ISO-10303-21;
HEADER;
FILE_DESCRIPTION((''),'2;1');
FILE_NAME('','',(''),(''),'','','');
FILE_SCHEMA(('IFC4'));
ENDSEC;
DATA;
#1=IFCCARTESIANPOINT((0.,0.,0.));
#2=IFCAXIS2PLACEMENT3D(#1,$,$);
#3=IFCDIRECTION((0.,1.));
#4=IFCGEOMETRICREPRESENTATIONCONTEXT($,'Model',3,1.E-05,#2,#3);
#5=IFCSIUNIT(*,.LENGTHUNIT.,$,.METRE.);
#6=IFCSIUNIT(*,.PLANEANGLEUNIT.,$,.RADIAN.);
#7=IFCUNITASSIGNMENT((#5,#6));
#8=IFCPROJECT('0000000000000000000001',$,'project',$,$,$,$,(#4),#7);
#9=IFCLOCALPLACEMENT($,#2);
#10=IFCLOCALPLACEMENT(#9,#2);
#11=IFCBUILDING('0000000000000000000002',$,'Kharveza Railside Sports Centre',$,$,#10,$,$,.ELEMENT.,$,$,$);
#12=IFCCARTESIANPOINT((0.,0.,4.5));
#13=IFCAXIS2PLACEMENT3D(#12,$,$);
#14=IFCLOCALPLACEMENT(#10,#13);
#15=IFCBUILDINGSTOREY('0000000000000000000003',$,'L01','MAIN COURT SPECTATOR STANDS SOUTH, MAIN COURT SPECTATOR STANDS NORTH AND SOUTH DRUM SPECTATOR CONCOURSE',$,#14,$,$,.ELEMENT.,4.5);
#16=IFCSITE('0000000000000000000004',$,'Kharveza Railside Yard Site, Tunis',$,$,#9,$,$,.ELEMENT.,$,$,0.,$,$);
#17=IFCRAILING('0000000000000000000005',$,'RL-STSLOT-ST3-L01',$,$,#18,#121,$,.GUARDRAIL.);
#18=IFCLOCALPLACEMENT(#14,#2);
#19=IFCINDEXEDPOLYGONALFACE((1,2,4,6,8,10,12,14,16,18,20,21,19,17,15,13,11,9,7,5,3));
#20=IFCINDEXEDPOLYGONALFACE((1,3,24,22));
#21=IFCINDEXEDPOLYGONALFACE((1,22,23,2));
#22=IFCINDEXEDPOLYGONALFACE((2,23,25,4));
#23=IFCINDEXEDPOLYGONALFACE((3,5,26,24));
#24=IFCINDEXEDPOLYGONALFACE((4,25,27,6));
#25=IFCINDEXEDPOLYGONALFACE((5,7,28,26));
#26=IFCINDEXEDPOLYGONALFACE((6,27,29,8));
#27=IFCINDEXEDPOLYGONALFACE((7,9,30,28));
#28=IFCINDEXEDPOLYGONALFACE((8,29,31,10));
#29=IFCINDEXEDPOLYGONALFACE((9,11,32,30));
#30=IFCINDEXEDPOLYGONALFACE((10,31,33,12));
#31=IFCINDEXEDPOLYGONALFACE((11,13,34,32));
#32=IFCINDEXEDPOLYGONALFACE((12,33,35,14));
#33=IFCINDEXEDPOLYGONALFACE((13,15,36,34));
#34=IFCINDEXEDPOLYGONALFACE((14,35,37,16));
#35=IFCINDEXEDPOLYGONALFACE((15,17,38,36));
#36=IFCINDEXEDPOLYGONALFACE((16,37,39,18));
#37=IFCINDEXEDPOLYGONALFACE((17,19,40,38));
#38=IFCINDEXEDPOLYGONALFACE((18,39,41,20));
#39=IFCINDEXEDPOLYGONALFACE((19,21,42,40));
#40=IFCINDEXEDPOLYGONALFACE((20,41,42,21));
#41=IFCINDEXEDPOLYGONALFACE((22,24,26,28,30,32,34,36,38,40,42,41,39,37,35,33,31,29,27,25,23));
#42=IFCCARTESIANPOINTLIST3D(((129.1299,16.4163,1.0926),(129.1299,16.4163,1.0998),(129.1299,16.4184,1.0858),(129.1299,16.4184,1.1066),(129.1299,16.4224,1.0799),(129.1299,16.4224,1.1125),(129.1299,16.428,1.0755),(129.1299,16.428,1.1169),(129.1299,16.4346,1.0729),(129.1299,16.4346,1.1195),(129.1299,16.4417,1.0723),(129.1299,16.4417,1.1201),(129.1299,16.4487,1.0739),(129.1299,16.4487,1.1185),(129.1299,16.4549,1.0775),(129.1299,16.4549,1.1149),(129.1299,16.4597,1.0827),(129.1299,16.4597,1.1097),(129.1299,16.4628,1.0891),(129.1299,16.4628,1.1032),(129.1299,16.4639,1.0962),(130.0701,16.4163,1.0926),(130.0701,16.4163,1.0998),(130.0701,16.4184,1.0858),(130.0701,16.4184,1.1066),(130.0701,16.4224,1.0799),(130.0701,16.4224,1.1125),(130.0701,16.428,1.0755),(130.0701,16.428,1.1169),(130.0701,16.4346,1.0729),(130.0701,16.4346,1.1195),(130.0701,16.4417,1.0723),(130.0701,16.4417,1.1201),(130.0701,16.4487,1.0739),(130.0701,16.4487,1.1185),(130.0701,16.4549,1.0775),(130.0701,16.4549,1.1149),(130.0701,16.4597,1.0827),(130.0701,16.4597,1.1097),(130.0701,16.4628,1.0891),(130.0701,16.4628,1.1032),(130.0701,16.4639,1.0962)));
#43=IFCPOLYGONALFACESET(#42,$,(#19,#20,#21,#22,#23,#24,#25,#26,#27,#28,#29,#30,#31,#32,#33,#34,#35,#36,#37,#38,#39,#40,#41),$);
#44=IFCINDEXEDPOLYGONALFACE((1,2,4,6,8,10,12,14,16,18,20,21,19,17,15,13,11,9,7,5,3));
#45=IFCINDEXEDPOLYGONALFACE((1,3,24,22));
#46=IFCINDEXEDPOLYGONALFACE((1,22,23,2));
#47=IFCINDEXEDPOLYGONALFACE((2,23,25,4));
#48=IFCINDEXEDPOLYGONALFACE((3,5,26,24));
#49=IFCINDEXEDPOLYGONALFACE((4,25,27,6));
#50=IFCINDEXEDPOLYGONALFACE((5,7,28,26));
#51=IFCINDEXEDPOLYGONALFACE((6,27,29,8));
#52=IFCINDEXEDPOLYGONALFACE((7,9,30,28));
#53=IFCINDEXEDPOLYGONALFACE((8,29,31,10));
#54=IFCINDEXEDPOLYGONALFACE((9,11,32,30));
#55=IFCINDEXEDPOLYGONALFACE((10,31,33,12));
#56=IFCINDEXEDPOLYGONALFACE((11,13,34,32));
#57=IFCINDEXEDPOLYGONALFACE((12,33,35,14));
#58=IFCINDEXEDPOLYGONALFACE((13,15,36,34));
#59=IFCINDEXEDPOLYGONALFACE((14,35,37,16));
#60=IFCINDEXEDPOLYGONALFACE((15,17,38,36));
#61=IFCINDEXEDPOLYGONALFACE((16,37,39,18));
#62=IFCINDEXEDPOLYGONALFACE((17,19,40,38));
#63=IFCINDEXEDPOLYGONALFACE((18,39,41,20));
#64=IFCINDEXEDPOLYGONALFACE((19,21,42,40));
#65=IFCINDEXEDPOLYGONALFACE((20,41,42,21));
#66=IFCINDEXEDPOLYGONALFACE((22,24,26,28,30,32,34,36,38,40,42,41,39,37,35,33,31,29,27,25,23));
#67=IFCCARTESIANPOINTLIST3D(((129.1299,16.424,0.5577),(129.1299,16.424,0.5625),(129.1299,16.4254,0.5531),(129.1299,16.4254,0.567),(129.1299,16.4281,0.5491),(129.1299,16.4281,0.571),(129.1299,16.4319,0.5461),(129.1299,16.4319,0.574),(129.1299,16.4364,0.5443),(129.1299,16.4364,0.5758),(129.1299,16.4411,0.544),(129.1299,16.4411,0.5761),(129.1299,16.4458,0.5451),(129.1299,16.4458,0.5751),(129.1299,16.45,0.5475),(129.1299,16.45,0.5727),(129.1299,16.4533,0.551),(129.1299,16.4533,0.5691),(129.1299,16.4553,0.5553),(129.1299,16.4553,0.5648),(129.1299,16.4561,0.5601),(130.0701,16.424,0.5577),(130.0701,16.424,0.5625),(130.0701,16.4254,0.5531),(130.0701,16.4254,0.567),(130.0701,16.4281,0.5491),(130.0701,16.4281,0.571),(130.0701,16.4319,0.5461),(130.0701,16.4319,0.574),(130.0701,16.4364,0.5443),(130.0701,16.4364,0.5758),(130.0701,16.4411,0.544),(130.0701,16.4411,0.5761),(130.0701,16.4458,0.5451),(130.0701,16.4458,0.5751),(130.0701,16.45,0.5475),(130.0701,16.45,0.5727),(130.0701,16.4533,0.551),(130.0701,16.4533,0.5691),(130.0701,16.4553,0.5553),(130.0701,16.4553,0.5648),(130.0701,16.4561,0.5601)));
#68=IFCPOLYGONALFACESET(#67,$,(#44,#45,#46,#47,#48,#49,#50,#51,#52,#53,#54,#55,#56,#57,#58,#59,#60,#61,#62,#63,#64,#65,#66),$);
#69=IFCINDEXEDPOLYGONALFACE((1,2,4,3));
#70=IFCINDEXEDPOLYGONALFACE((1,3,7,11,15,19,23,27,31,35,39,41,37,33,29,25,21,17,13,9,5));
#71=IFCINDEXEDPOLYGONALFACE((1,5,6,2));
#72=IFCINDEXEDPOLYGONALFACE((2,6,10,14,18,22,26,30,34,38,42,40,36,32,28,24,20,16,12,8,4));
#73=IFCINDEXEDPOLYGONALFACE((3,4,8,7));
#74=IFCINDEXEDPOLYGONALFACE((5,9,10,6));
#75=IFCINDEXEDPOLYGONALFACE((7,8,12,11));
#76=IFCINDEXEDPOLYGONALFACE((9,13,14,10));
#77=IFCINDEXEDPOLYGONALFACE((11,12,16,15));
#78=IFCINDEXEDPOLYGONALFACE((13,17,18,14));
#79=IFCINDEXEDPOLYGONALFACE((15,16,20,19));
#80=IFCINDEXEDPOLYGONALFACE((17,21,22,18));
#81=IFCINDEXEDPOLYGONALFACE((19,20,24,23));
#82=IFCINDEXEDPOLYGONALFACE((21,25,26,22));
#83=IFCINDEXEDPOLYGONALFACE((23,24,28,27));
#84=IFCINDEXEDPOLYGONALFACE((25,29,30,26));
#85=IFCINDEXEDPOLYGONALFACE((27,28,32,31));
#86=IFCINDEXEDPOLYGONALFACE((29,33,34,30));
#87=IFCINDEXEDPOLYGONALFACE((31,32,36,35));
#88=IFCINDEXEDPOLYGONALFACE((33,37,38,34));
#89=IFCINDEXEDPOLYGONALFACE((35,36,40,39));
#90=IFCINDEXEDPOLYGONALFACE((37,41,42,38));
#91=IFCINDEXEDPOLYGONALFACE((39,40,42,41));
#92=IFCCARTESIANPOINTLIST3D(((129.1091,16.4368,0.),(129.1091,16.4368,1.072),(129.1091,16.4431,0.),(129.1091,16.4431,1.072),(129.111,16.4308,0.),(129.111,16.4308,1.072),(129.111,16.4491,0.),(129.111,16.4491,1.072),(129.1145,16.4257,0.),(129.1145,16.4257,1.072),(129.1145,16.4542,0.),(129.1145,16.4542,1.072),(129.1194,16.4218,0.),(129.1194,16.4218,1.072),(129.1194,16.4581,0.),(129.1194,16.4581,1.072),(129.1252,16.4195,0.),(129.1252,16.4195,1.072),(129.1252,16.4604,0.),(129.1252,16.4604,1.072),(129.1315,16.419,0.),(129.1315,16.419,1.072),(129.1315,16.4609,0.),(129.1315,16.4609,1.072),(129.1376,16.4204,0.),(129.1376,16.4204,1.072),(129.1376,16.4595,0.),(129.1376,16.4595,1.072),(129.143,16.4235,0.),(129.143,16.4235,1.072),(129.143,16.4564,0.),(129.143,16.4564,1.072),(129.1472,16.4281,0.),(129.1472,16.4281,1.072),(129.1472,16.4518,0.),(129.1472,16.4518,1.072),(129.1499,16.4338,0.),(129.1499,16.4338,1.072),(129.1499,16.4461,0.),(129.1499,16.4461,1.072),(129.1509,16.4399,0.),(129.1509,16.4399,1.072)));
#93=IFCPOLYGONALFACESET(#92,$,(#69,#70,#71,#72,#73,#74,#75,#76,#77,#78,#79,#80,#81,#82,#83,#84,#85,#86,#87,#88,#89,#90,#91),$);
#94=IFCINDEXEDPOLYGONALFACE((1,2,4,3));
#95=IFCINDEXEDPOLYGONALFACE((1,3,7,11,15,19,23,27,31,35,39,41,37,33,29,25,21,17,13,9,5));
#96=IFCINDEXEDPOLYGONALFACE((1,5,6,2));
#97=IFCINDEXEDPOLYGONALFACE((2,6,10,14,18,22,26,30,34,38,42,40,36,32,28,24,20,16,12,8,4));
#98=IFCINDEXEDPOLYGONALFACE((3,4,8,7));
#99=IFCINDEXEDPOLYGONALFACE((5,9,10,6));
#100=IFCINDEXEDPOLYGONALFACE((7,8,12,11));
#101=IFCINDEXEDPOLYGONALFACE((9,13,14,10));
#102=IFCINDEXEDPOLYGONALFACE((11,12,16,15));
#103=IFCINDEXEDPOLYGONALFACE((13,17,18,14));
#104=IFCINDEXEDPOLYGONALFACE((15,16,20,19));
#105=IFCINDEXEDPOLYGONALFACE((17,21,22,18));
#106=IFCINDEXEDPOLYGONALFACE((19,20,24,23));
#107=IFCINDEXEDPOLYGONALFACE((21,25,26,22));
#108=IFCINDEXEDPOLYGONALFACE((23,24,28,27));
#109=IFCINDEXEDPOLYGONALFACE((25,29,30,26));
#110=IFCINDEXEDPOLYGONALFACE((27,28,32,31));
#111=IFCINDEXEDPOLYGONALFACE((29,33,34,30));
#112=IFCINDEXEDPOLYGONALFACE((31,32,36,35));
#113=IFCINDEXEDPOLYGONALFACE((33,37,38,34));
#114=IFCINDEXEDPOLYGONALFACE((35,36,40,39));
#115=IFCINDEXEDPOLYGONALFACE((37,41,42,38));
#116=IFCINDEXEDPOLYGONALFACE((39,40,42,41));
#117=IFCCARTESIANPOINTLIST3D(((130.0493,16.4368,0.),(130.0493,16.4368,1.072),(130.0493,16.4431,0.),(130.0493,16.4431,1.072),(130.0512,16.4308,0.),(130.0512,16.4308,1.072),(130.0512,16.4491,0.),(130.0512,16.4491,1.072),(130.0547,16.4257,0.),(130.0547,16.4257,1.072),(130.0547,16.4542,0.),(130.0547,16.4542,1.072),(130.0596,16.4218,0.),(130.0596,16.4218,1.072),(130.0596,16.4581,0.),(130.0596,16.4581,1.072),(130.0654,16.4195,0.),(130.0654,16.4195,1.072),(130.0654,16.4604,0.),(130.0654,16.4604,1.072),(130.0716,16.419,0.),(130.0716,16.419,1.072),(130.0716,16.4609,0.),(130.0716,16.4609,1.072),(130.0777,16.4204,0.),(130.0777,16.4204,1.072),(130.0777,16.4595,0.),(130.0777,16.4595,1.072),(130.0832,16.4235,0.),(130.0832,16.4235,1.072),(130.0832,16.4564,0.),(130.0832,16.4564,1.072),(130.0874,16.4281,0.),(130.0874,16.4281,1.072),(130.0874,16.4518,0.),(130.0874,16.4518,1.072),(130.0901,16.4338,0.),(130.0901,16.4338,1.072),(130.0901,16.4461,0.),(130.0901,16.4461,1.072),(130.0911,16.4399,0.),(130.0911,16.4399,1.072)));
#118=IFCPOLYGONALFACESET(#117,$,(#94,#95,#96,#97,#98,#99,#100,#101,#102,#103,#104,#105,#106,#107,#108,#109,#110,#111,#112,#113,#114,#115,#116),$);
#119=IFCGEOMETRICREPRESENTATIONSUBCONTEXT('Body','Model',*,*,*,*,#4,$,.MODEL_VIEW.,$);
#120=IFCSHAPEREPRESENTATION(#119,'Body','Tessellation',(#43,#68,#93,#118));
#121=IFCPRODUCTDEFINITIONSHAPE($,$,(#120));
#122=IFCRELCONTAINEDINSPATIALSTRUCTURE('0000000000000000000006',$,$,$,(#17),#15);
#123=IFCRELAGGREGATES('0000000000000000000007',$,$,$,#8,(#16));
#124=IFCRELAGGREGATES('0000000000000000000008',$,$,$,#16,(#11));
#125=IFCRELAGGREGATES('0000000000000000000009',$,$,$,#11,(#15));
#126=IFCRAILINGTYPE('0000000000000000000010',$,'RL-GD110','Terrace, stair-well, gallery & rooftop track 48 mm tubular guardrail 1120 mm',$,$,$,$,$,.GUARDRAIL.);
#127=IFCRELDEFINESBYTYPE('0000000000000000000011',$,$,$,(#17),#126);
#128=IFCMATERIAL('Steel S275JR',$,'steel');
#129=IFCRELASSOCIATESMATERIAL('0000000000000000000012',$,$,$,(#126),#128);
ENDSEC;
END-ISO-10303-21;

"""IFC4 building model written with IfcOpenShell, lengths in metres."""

from ifc_helpers import new_model, si_unit, direction, frame, origin, origin_2d, place, context, subcontext, project, spatial, circle, extrude, material, type_object, element, save


model = new_model("IFC4")

# Units and contexts
model_context = context("Model", 3, precision=1e-05, world=origin(), true_north=direction((0.0, 1.0)))
body_context = subcontext(model_context, "Body", "Model", "MODEL_VIEW")
ifc_project = project(units=[si_unit("LENGTHUNIT", "METRE"), si_unit("PLANEANGLEUNIT", "RADIAN")], contexts=[model_context])

# Site, building, storey
site_placement = place(None, origin())
site = spatial("IfcSite", under=ifc_project, at=site_placement, Name="Kharveza Railside Yard Site, Tunis", CompositionType="ELEMENT", RefElevation=0.0)
building_placement = place(site_placement, origin())
building = spatial("IfcBuilding", under=site, at=building_placement, Name="Kharveza Railside Sports Centre", CompositionType="ELEMENT")
storey_placement = place(building_placement, frame((0.0, 0.0, 4.5)))
storey = spatial("IfcBuildingStorey", under=building, at=storey_placement, Name="L01", Description="MAIN COURT SPECTATOR STANDS SOUTH, MAIN COURT SPECTATOR STANDS NORTH AND SOUTH DRUM SPECTATOR CONCOURSE", CompositionType="ELEMENT", Elevation=4.5)

# Railing
ifc_material_1 = material(Name="Steel S275JR", Category="steel")
railing_type_1 = type_object("IfcRailingType", Name="RL-GD110", Description="Terrace, stair-well, gallery & rooftop track 48 mm tubular guardrail 1120 mm", PredefinedType="GUARDRAIL", material=ifc_material_1)
railing_1_placement = place(storey_placement, frame((129.1299, 16.4399, 0.0)))
element("IfcRailing", 1, at=railing_1_placement, inside=storey, type_object=railing_type_1, Name="RL-STSLOT-ST3-L01", PredefinedType="GUARDRAIL", context=body_context, shape_type="SweptSolid", body=[
    extrude(circle(Radius=0.0239, at=origin_2d()), frame((0.0, 0.0, 1.0962), z_axis=(1.0, 0.0, 0.0), x_axis=(0.0, 1.0, 0.0)), (0.0, 0.0, 1.0), 0.9402),
    extrude(circle(Radius=0.0161, at=origin_2d()), frame((0.0, 0.0, 0.5601), z_axis=(1.0, 0.0, 0.0), x_axis=(0.0, 1.0, 0.0)), (0.0, 0.0, 1.0), 0.9402),
    extrude(circle(Radius=0.021, at=origin_2d()), origin(), (0.0, 0.0, 1.0), 1.072),
    extrude(circle(Radius=0.021, at=origin_2d()), frame((0.9402, 0.0, 0.0)), (0.0, 0.0, 1.0), 1.072),
])

save(model, "model.ifc")
